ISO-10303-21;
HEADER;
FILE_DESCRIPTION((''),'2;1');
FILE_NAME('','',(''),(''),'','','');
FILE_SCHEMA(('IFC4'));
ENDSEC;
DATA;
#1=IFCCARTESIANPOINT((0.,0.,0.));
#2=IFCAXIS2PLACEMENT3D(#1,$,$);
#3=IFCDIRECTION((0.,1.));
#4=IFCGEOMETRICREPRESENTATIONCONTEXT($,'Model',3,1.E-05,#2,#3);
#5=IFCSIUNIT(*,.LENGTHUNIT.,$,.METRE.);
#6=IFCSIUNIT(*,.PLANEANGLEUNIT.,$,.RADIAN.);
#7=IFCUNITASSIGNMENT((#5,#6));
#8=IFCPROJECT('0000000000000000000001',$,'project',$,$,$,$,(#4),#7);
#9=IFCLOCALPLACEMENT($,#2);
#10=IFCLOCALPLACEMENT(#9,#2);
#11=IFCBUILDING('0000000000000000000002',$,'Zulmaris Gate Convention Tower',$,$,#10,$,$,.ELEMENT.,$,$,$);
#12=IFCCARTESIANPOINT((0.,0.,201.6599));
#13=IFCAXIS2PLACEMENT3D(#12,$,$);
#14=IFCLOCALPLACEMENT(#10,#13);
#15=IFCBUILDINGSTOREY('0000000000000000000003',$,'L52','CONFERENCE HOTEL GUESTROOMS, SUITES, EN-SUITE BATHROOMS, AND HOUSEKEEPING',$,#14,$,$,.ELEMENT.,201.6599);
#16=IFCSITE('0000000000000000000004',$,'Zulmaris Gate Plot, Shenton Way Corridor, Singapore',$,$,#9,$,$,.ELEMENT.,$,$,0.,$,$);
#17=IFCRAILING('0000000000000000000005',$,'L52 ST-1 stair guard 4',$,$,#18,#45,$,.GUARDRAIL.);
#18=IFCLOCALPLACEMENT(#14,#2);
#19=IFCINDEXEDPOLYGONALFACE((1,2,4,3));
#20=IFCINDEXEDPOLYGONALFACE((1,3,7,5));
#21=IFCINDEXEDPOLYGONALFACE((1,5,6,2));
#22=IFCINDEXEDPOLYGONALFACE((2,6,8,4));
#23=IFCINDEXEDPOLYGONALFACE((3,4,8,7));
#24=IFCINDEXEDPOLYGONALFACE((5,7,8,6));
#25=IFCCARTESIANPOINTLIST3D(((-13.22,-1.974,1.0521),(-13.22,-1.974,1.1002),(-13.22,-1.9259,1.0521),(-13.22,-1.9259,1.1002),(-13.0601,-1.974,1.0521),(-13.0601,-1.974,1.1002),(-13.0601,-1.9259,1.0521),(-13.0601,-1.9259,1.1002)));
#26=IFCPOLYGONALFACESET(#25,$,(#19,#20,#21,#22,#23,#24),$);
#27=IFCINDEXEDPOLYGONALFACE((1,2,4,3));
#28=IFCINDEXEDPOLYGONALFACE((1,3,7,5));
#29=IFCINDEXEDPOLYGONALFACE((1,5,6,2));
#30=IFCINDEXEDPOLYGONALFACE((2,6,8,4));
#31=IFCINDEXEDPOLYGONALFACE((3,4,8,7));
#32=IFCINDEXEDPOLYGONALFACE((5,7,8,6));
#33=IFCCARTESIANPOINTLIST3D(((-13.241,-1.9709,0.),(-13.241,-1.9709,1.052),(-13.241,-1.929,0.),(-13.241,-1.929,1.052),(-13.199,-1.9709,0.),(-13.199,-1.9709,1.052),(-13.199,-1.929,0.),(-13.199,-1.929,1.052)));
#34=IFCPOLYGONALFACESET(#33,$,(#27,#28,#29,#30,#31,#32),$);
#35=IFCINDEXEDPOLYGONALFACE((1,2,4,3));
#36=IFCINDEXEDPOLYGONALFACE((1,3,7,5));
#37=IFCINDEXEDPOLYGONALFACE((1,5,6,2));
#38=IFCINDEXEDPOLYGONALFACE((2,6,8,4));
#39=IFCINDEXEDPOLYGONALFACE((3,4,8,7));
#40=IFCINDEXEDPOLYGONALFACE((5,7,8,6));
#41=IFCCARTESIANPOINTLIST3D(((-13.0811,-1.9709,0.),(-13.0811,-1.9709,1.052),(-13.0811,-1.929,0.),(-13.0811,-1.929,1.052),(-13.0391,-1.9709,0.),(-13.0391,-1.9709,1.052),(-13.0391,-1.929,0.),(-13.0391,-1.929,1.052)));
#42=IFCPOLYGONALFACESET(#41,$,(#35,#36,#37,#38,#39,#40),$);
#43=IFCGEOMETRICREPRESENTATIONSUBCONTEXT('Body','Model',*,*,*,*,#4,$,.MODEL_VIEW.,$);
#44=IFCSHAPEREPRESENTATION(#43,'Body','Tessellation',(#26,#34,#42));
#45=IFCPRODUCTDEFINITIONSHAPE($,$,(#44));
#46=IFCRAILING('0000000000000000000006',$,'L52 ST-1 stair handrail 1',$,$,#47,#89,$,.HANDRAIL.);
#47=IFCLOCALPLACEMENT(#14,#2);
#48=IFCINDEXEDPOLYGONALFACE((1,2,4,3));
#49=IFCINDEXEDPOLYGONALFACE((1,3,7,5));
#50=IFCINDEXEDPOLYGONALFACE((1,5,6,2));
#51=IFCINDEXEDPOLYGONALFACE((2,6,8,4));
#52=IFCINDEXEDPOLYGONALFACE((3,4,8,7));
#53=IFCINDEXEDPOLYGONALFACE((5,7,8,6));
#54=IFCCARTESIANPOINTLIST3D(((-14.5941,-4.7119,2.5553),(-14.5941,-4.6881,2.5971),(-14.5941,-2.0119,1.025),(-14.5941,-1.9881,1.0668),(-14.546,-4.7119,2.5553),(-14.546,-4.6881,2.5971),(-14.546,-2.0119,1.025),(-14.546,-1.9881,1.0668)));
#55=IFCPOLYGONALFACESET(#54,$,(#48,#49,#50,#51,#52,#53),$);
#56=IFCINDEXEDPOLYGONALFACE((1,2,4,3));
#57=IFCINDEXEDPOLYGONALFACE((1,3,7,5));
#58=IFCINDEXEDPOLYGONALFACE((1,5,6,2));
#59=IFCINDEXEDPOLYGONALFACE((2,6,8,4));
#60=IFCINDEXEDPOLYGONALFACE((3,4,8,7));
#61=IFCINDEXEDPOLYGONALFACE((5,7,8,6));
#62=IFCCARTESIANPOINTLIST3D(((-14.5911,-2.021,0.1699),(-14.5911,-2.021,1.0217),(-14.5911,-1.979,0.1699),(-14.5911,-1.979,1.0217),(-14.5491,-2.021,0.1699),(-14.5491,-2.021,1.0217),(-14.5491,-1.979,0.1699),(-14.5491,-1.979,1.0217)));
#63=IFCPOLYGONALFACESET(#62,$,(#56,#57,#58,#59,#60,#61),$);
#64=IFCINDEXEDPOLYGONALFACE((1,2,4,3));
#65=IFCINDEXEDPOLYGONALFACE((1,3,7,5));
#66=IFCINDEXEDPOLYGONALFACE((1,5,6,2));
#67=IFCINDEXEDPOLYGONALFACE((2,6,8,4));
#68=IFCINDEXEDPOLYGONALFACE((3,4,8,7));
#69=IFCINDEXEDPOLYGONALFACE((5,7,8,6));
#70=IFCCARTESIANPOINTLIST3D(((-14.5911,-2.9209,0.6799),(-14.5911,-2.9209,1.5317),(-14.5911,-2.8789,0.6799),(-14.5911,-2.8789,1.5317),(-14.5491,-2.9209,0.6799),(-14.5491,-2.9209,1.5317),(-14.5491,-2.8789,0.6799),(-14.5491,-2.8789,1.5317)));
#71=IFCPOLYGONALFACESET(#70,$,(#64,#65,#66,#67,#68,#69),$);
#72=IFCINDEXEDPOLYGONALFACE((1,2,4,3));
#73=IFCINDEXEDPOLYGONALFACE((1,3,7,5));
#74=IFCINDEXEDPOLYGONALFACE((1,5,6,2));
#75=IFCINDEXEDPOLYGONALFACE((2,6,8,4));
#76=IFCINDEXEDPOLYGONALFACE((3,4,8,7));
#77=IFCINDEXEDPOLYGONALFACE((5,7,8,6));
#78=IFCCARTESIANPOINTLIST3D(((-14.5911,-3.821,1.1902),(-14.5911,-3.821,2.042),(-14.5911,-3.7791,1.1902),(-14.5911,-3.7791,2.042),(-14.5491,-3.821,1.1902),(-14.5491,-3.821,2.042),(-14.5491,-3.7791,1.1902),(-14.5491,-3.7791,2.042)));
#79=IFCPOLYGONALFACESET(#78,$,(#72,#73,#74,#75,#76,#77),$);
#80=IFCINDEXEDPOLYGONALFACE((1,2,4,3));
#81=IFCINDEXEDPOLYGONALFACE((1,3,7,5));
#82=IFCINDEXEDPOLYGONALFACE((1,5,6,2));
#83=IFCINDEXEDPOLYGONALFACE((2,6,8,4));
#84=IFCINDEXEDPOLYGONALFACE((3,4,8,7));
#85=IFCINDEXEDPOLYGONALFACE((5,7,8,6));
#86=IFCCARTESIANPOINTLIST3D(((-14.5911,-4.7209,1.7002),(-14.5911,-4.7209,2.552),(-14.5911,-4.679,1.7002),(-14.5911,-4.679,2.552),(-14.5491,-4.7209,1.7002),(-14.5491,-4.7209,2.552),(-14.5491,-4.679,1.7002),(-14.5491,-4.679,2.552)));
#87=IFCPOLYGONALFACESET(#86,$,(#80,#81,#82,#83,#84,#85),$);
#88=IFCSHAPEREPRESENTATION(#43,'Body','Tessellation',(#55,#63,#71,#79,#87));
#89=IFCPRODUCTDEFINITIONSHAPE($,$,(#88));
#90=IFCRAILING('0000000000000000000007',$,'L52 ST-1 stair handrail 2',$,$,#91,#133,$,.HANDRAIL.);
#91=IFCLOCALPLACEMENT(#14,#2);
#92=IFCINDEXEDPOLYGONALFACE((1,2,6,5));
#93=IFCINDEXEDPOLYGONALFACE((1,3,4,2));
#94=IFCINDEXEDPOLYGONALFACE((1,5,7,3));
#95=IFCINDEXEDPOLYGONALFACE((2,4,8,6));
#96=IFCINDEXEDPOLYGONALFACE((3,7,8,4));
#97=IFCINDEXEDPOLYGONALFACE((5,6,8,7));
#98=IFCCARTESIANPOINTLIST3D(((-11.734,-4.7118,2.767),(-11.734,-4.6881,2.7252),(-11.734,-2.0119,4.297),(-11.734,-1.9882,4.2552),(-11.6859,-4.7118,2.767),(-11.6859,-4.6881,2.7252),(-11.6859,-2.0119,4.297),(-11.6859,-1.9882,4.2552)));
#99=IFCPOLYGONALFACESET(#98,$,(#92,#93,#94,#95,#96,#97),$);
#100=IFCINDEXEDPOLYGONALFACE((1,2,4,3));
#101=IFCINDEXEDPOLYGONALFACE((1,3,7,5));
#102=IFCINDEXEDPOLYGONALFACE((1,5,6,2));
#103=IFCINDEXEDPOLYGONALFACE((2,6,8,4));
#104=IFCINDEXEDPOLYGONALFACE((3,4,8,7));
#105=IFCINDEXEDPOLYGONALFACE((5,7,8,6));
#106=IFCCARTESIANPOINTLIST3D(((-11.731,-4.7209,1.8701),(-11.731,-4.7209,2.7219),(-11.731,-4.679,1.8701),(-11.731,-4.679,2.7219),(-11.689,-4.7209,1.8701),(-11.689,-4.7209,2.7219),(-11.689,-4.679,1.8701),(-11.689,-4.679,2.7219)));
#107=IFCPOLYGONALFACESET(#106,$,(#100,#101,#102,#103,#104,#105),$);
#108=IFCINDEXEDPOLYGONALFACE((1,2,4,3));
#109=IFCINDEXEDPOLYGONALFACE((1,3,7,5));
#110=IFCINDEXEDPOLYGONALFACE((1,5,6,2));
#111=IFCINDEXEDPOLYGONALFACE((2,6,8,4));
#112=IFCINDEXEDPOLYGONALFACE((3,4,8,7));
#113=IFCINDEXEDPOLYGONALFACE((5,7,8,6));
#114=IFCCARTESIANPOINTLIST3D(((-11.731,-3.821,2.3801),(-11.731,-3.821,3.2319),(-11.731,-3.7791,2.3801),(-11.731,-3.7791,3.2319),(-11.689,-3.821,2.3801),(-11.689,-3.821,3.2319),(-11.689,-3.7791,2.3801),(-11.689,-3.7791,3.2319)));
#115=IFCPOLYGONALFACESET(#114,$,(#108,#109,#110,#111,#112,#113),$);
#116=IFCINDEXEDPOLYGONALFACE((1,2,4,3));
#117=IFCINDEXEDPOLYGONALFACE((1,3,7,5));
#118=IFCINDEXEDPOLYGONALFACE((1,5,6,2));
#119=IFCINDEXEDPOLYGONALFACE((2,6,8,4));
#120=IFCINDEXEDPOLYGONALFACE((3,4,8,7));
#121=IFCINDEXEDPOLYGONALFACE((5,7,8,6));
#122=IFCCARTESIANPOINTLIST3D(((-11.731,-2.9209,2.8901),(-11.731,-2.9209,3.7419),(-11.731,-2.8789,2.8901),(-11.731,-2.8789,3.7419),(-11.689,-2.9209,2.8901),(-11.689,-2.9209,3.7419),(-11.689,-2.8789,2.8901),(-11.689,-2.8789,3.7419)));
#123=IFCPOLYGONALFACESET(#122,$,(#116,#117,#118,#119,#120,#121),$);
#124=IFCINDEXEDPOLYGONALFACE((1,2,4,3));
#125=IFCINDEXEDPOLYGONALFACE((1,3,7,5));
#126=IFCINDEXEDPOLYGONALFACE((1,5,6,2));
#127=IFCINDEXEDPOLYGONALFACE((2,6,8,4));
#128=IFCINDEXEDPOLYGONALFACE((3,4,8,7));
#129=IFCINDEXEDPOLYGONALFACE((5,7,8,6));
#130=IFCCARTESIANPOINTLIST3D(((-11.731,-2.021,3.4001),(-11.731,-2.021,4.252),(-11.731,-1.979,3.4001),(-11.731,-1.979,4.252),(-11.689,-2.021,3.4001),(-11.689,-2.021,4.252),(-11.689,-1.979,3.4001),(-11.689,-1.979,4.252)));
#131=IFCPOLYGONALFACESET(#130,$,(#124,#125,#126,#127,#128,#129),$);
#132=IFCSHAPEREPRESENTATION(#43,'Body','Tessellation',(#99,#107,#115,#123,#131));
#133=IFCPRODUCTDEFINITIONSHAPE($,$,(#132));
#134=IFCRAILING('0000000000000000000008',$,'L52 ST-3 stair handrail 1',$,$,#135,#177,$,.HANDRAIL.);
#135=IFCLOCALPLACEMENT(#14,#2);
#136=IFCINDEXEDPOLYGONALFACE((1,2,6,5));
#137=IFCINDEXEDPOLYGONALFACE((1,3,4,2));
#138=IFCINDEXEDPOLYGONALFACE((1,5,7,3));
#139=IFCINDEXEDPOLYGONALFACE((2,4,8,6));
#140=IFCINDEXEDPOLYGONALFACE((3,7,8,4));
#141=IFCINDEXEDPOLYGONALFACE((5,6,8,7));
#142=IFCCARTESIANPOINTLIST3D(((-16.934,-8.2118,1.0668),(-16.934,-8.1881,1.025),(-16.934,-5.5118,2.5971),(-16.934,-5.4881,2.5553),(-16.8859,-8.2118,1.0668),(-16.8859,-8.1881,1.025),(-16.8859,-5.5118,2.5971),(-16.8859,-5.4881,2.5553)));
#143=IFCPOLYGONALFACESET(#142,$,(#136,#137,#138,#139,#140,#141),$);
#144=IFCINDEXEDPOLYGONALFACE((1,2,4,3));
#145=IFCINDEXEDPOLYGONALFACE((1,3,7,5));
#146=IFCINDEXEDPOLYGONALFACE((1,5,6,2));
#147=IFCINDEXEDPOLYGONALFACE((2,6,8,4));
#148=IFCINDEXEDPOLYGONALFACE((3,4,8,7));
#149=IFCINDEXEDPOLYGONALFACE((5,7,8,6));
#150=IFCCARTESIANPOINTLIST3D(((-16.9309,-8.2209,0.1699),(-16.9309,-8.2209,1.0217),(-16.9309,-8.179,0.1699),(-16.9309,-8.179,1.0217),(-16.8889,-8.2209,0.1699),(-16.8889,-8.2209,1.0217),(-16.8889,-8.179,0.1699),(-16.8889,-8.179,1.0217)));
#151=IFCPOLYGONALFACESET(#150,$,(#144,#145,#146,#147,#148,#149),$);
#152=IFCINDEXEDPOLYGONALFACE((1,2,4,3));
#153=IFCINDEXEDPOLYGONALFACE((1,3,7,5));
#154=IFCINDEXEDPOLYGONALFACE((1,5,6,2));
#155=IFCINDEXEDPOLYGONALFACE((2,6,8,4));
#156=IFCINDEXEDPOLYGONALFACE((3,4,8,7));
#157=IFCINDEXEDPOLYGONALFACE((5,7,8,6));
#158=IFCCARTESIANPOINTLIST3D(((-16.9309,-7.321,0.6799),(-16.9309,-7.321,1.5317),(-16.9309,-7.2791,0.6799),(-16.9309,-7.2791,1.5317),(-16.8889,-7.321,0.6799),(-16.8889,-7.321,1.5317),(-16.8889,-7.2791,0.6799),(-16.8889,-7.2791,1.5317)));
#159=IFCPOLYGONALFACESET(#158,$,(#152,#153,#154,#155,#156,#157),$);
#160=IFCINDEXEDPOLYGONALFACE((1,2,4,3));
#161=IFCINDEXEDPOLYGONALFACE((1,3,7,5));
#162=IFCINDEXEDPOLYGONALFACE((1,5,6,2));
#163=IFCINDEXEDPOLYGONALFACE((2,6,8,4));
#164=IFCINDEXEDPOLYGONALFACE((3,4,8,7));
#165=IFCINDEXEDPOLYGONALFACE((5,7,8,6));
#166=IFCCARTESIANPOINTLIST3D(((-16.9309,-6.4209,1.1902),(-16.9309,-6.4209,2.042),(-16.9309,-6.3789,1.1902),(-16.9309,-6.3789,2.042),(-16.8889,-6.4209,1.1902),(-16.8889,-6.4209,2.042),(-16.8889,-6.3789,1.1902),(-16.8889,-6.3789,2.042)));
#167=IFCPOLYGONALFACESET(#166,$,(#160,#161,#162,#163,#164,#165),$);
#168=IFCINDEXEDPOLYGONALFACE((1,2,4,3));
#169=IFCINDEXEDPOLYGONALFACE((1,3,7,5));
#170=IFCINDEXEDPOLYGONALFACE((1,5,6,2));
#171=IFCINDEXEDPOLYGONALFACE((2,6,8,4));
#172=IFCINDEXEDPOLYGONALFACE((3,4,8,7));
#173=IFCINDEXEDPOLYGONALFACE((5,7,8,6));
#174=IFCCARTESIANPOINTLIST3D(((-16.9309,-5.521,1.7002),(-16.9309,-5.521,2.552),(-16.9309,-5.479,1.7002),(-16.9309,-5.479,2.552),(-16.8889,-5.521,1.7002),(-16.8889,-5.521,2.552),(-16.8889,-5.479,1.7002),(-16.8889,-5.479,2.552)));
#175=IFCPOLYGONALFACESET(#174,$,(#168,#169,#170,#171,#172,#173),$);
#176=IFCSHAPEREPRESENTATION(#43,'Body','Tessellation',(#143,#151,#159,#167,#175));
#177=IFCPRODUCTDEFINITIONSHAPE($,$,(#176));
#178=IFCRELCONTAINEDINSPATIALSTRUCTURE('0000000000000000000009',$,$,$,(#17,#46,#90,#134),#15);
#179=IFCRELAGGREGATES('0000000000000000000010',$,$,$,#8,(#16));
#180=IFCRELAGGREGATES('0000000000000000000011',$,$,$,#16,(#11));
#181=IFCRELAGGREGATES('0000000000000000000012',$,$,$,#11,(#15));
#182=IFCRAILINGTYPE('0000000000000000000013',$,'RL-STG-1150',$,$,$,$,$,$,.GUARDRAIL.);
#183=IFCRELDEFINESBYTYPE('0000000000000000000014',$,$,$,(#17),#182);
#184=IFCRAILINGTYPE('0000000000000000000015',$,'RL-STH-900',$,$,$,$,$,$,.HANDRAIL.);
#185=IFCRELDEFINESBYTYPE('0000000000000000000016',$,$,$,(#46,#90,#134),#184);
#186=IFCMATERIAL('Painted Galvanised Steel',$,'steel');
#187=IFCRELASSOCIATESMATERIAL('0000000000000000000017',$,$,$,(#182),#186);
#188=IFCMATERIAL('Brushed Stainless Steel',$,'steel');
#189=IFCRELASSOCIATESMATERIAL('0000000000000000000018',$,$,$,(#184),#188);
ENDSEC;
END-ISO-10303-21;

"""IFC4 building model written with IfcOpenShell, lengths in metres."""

from ifc_helpers import new_model, si_unit, direction, frame, origin, origin_2d, place, context, subcontext, project, spatial, rectangle, extrude, material, type_object, element, save


model = new_model("IFC4")

# Units and contexts
model_context = context("Model", 3, precision=1e-05, world=origin(), true_north=direction((0.0, 1.0)))
body_context = subcontext(model_context, "Body", "Model", "MODEL_VIEW")
ifc_project = project(units=[si_unit("LENGTHUNIT", "METRE"), si_unit("PLANEANGLEUNIT", "RADIAN")], contexts=[model_context])

# Site, building, storey
site_placement = place(None, origin())
site = spatial("IfcSite", under=ifc_project, at=site_placement, Name="Zulmaris Gate Plot, Shenton Way Corridor, Singapore", CompositionType="ELEMENT", RefElevation=0.0)
building_placement = place(site_placement, origin())
building = spatial("IfcBuilding", under=site, at=building_placement, Name="Zulmaris Gate Convention Tower", CompositionType="ELEMENT")
storey_placement = place(building_placement, frame((0.0, 0.0, 201.6599)))
storey = spatial("IfcBuildingStorey", under=building, at=storey_placement, Name="L52", Description="CONFERENCE HOTEL GUESTROOMS, SUITES, EN-SUITE BATHROOMS, AND HOUSEKEEPING", CompositionType="ELEMENT", Elevation=201.6599)

# Shared definitions
ifc_material_1 = material(Name="Brushed Stainless Steel", Category="steel")

# Railings
ifc_material_2 = material(Name="Painted Galvanised Steel", Category="steel")
railing_type_1 = type_object("IfcRailingType", Name="RL-STG-1150", PredefinedType="GUARDRAIL", material=ifc_material_2)
railing_1_placement = place(storey_placement, frame((-13.22, -1.95, 0.0)))
element("IfcRailing", 1, at=railing_1_placement, inside=storey, type_object=railing_type_1, Name="L52 ST-1 stair guard 4", PredefinedType="GUARDRAIL", context=body_context, shape_type="SweptSolid", body=[
    extrude(rectangle(XDim=0.0481, YDim=0.0481, at=origin_2d()), frame((0.0, 0.0, 1.0762), z_axis=(1.0, 0.0, 0.0), x_axis=(0.0, 1.0, 0.0)), (0.0, 0.0, 1.0), 0.1599),
    extrude(rectangle(XDim=0.042, YDim=0.042, at=origin_2d()), origin(), (0.0, 0.0, 1.0), 1.052),
    extrude(rectangle(XDim=0.042, YDim=0.042, at=origin_2d()), frame((0.1599, 0.0, 0.0)), (0.0, 0.0, 1.0), 1.052),
])
railing_type_2 = type_object("IfcRailingType", Name="RL-STH-900", PredefinedType="HANDRAIL", material=ifc_material_1)
railing_2_placement = place(storey_placement, frame((-14.5701, -2.0, 0.1699)))
element("IfcRailing", 2, at=railing_2_placement, inside=storey, type_object=railing_type_2, Name="L52 ST-1 stair handrail 1", PredefinedType="HANDRAIL", context=body_context, shape_type="SweptSolid", body=[
    extrude(rectangle(XDim=0.0481, YDim=0.0481, at=origin_2d()), frame((0.0, 0.0, 0.876), z_axis=(0.0, -0.869981, 0.493086), x_axis=(1.0, 0.0, 0.0)), (0.0, 0.0, 1.0), 3.1035),
    extrude(rectangle(XDim=0.042, YDim=0.042, at=origin_2d()), origin(), (0.0, 0.0, 1.0), 0.8518),
    extrude(rectangle(XDim=0.042, YDim=0.042, at=origin_2d()), frame((0.0, -0.8999, 0.51)), (0.0, 0.0, 1.0), 0.8518),
    extrude(rectangle(XDim=0.042, YDim=0.042, at=origin_2d()), frame((0.0, -1.8, 1.0203)), (0.0, 0.0, 1.0), 0.8518),
    extrude(rectangle(XDim=0.042, YDim=0.042, at=origin_2d()), frame((0.0, -2.7, 1.5303)), (0.0, 0.0, 1.0), 0.8518),
])
railing_3_placement = place(storey_placement, frame((-11.71, -4.7, 1.8701)))
element("IfcRailing", 3, at=railing_3_placement, inside=storey, type_object=railing_type_2, Name="L52 ST-1 stair handrail 2", PredefinedType="HANDRAIL", context=body_context, shape_type="SweptSolid", body=[
    extrude(rectangle(XDim=0.0481, YDim=0.0481, at=origin_2d()), frame((0.0, 0.0, 0.876), z_axis=(0.0, 0.870014, 0.493026), x_axis=(-1.0, 0.0, 0.0)), (0.0, 0.0, 1.0), 3.1033),
    extrude(rectangle(XDim=0.042, YDim=0.042, at=origin_2d()), origin(), (0.0, 0.0, 1.0), 0.8518),
    extrude(rectangle(XDim=0.042, YDim=0.042, at=origin_2d()), frame((0.0, 0.8999, 0.51)), (0.0, 0.0, 1.0), 0.8518),
    extrude(rectangle(XDim=0.042, YDim=0.042, at=origin_2d()), frame((0.0, 1.8, 1.02)), (0.0, 0.0, 1.0), 0.8518),
    extrude(rectangle(XDim=0.042, YDim=0.042, at=origin_2d()), frame((0.0, 2.7, 1.53)), (0.0, 0.0, 1.0), 0.8518),
])
railing_4_placement = place(storey_placement, frame((-16.9099, -8.2, 0.1699)))
element("IfcRailing", 4, at=railing_4_placement, inside=storey, type_object=railing_type_2, Name="L52 ST-3 stair handrail 1", PredefinedType="HANDRAIL", context=body_context, shape_type="SweptSolid", body=[
    extrude(rectangle(XDim=0.0481, YDim=0.0481, at=origin_2d()), frame((0.0, 0.0, 0.876), z_axis=(0.0, 0.869981, 0.493086), x_axis=(-1.0, 0.0, 0.0)), (0.0, 0.0, 1.0), 3.1035),
    extrude(rectangle(XDim=0.042, YDim=0.042, at=origin_2d()), origin(), (0.0, 0.0, 1.0), 0.8518),
    extrude(rectangle(XDim=0.042, YDim=0.042, at=origin_2d()), frame((0.0, 0.8999, 0.51)), (0.0, 0.0, 1.0), 0.8518),
    extrude(rectangle(XDim=0.042, YDim=0.042, at=origin_2d()), frame((0.0, 1.8, 1.0203)), (0.0, 0.0, 1.0), 0.8518),
    extrude(rectangle(XDim=0.042, YDim=0.042, at=origin_2d()), frame((0.0, 2.7, 1.5303)), (0.0, 0.0, 1.0), 0.8518),
])

save(model, "model.ifc")
